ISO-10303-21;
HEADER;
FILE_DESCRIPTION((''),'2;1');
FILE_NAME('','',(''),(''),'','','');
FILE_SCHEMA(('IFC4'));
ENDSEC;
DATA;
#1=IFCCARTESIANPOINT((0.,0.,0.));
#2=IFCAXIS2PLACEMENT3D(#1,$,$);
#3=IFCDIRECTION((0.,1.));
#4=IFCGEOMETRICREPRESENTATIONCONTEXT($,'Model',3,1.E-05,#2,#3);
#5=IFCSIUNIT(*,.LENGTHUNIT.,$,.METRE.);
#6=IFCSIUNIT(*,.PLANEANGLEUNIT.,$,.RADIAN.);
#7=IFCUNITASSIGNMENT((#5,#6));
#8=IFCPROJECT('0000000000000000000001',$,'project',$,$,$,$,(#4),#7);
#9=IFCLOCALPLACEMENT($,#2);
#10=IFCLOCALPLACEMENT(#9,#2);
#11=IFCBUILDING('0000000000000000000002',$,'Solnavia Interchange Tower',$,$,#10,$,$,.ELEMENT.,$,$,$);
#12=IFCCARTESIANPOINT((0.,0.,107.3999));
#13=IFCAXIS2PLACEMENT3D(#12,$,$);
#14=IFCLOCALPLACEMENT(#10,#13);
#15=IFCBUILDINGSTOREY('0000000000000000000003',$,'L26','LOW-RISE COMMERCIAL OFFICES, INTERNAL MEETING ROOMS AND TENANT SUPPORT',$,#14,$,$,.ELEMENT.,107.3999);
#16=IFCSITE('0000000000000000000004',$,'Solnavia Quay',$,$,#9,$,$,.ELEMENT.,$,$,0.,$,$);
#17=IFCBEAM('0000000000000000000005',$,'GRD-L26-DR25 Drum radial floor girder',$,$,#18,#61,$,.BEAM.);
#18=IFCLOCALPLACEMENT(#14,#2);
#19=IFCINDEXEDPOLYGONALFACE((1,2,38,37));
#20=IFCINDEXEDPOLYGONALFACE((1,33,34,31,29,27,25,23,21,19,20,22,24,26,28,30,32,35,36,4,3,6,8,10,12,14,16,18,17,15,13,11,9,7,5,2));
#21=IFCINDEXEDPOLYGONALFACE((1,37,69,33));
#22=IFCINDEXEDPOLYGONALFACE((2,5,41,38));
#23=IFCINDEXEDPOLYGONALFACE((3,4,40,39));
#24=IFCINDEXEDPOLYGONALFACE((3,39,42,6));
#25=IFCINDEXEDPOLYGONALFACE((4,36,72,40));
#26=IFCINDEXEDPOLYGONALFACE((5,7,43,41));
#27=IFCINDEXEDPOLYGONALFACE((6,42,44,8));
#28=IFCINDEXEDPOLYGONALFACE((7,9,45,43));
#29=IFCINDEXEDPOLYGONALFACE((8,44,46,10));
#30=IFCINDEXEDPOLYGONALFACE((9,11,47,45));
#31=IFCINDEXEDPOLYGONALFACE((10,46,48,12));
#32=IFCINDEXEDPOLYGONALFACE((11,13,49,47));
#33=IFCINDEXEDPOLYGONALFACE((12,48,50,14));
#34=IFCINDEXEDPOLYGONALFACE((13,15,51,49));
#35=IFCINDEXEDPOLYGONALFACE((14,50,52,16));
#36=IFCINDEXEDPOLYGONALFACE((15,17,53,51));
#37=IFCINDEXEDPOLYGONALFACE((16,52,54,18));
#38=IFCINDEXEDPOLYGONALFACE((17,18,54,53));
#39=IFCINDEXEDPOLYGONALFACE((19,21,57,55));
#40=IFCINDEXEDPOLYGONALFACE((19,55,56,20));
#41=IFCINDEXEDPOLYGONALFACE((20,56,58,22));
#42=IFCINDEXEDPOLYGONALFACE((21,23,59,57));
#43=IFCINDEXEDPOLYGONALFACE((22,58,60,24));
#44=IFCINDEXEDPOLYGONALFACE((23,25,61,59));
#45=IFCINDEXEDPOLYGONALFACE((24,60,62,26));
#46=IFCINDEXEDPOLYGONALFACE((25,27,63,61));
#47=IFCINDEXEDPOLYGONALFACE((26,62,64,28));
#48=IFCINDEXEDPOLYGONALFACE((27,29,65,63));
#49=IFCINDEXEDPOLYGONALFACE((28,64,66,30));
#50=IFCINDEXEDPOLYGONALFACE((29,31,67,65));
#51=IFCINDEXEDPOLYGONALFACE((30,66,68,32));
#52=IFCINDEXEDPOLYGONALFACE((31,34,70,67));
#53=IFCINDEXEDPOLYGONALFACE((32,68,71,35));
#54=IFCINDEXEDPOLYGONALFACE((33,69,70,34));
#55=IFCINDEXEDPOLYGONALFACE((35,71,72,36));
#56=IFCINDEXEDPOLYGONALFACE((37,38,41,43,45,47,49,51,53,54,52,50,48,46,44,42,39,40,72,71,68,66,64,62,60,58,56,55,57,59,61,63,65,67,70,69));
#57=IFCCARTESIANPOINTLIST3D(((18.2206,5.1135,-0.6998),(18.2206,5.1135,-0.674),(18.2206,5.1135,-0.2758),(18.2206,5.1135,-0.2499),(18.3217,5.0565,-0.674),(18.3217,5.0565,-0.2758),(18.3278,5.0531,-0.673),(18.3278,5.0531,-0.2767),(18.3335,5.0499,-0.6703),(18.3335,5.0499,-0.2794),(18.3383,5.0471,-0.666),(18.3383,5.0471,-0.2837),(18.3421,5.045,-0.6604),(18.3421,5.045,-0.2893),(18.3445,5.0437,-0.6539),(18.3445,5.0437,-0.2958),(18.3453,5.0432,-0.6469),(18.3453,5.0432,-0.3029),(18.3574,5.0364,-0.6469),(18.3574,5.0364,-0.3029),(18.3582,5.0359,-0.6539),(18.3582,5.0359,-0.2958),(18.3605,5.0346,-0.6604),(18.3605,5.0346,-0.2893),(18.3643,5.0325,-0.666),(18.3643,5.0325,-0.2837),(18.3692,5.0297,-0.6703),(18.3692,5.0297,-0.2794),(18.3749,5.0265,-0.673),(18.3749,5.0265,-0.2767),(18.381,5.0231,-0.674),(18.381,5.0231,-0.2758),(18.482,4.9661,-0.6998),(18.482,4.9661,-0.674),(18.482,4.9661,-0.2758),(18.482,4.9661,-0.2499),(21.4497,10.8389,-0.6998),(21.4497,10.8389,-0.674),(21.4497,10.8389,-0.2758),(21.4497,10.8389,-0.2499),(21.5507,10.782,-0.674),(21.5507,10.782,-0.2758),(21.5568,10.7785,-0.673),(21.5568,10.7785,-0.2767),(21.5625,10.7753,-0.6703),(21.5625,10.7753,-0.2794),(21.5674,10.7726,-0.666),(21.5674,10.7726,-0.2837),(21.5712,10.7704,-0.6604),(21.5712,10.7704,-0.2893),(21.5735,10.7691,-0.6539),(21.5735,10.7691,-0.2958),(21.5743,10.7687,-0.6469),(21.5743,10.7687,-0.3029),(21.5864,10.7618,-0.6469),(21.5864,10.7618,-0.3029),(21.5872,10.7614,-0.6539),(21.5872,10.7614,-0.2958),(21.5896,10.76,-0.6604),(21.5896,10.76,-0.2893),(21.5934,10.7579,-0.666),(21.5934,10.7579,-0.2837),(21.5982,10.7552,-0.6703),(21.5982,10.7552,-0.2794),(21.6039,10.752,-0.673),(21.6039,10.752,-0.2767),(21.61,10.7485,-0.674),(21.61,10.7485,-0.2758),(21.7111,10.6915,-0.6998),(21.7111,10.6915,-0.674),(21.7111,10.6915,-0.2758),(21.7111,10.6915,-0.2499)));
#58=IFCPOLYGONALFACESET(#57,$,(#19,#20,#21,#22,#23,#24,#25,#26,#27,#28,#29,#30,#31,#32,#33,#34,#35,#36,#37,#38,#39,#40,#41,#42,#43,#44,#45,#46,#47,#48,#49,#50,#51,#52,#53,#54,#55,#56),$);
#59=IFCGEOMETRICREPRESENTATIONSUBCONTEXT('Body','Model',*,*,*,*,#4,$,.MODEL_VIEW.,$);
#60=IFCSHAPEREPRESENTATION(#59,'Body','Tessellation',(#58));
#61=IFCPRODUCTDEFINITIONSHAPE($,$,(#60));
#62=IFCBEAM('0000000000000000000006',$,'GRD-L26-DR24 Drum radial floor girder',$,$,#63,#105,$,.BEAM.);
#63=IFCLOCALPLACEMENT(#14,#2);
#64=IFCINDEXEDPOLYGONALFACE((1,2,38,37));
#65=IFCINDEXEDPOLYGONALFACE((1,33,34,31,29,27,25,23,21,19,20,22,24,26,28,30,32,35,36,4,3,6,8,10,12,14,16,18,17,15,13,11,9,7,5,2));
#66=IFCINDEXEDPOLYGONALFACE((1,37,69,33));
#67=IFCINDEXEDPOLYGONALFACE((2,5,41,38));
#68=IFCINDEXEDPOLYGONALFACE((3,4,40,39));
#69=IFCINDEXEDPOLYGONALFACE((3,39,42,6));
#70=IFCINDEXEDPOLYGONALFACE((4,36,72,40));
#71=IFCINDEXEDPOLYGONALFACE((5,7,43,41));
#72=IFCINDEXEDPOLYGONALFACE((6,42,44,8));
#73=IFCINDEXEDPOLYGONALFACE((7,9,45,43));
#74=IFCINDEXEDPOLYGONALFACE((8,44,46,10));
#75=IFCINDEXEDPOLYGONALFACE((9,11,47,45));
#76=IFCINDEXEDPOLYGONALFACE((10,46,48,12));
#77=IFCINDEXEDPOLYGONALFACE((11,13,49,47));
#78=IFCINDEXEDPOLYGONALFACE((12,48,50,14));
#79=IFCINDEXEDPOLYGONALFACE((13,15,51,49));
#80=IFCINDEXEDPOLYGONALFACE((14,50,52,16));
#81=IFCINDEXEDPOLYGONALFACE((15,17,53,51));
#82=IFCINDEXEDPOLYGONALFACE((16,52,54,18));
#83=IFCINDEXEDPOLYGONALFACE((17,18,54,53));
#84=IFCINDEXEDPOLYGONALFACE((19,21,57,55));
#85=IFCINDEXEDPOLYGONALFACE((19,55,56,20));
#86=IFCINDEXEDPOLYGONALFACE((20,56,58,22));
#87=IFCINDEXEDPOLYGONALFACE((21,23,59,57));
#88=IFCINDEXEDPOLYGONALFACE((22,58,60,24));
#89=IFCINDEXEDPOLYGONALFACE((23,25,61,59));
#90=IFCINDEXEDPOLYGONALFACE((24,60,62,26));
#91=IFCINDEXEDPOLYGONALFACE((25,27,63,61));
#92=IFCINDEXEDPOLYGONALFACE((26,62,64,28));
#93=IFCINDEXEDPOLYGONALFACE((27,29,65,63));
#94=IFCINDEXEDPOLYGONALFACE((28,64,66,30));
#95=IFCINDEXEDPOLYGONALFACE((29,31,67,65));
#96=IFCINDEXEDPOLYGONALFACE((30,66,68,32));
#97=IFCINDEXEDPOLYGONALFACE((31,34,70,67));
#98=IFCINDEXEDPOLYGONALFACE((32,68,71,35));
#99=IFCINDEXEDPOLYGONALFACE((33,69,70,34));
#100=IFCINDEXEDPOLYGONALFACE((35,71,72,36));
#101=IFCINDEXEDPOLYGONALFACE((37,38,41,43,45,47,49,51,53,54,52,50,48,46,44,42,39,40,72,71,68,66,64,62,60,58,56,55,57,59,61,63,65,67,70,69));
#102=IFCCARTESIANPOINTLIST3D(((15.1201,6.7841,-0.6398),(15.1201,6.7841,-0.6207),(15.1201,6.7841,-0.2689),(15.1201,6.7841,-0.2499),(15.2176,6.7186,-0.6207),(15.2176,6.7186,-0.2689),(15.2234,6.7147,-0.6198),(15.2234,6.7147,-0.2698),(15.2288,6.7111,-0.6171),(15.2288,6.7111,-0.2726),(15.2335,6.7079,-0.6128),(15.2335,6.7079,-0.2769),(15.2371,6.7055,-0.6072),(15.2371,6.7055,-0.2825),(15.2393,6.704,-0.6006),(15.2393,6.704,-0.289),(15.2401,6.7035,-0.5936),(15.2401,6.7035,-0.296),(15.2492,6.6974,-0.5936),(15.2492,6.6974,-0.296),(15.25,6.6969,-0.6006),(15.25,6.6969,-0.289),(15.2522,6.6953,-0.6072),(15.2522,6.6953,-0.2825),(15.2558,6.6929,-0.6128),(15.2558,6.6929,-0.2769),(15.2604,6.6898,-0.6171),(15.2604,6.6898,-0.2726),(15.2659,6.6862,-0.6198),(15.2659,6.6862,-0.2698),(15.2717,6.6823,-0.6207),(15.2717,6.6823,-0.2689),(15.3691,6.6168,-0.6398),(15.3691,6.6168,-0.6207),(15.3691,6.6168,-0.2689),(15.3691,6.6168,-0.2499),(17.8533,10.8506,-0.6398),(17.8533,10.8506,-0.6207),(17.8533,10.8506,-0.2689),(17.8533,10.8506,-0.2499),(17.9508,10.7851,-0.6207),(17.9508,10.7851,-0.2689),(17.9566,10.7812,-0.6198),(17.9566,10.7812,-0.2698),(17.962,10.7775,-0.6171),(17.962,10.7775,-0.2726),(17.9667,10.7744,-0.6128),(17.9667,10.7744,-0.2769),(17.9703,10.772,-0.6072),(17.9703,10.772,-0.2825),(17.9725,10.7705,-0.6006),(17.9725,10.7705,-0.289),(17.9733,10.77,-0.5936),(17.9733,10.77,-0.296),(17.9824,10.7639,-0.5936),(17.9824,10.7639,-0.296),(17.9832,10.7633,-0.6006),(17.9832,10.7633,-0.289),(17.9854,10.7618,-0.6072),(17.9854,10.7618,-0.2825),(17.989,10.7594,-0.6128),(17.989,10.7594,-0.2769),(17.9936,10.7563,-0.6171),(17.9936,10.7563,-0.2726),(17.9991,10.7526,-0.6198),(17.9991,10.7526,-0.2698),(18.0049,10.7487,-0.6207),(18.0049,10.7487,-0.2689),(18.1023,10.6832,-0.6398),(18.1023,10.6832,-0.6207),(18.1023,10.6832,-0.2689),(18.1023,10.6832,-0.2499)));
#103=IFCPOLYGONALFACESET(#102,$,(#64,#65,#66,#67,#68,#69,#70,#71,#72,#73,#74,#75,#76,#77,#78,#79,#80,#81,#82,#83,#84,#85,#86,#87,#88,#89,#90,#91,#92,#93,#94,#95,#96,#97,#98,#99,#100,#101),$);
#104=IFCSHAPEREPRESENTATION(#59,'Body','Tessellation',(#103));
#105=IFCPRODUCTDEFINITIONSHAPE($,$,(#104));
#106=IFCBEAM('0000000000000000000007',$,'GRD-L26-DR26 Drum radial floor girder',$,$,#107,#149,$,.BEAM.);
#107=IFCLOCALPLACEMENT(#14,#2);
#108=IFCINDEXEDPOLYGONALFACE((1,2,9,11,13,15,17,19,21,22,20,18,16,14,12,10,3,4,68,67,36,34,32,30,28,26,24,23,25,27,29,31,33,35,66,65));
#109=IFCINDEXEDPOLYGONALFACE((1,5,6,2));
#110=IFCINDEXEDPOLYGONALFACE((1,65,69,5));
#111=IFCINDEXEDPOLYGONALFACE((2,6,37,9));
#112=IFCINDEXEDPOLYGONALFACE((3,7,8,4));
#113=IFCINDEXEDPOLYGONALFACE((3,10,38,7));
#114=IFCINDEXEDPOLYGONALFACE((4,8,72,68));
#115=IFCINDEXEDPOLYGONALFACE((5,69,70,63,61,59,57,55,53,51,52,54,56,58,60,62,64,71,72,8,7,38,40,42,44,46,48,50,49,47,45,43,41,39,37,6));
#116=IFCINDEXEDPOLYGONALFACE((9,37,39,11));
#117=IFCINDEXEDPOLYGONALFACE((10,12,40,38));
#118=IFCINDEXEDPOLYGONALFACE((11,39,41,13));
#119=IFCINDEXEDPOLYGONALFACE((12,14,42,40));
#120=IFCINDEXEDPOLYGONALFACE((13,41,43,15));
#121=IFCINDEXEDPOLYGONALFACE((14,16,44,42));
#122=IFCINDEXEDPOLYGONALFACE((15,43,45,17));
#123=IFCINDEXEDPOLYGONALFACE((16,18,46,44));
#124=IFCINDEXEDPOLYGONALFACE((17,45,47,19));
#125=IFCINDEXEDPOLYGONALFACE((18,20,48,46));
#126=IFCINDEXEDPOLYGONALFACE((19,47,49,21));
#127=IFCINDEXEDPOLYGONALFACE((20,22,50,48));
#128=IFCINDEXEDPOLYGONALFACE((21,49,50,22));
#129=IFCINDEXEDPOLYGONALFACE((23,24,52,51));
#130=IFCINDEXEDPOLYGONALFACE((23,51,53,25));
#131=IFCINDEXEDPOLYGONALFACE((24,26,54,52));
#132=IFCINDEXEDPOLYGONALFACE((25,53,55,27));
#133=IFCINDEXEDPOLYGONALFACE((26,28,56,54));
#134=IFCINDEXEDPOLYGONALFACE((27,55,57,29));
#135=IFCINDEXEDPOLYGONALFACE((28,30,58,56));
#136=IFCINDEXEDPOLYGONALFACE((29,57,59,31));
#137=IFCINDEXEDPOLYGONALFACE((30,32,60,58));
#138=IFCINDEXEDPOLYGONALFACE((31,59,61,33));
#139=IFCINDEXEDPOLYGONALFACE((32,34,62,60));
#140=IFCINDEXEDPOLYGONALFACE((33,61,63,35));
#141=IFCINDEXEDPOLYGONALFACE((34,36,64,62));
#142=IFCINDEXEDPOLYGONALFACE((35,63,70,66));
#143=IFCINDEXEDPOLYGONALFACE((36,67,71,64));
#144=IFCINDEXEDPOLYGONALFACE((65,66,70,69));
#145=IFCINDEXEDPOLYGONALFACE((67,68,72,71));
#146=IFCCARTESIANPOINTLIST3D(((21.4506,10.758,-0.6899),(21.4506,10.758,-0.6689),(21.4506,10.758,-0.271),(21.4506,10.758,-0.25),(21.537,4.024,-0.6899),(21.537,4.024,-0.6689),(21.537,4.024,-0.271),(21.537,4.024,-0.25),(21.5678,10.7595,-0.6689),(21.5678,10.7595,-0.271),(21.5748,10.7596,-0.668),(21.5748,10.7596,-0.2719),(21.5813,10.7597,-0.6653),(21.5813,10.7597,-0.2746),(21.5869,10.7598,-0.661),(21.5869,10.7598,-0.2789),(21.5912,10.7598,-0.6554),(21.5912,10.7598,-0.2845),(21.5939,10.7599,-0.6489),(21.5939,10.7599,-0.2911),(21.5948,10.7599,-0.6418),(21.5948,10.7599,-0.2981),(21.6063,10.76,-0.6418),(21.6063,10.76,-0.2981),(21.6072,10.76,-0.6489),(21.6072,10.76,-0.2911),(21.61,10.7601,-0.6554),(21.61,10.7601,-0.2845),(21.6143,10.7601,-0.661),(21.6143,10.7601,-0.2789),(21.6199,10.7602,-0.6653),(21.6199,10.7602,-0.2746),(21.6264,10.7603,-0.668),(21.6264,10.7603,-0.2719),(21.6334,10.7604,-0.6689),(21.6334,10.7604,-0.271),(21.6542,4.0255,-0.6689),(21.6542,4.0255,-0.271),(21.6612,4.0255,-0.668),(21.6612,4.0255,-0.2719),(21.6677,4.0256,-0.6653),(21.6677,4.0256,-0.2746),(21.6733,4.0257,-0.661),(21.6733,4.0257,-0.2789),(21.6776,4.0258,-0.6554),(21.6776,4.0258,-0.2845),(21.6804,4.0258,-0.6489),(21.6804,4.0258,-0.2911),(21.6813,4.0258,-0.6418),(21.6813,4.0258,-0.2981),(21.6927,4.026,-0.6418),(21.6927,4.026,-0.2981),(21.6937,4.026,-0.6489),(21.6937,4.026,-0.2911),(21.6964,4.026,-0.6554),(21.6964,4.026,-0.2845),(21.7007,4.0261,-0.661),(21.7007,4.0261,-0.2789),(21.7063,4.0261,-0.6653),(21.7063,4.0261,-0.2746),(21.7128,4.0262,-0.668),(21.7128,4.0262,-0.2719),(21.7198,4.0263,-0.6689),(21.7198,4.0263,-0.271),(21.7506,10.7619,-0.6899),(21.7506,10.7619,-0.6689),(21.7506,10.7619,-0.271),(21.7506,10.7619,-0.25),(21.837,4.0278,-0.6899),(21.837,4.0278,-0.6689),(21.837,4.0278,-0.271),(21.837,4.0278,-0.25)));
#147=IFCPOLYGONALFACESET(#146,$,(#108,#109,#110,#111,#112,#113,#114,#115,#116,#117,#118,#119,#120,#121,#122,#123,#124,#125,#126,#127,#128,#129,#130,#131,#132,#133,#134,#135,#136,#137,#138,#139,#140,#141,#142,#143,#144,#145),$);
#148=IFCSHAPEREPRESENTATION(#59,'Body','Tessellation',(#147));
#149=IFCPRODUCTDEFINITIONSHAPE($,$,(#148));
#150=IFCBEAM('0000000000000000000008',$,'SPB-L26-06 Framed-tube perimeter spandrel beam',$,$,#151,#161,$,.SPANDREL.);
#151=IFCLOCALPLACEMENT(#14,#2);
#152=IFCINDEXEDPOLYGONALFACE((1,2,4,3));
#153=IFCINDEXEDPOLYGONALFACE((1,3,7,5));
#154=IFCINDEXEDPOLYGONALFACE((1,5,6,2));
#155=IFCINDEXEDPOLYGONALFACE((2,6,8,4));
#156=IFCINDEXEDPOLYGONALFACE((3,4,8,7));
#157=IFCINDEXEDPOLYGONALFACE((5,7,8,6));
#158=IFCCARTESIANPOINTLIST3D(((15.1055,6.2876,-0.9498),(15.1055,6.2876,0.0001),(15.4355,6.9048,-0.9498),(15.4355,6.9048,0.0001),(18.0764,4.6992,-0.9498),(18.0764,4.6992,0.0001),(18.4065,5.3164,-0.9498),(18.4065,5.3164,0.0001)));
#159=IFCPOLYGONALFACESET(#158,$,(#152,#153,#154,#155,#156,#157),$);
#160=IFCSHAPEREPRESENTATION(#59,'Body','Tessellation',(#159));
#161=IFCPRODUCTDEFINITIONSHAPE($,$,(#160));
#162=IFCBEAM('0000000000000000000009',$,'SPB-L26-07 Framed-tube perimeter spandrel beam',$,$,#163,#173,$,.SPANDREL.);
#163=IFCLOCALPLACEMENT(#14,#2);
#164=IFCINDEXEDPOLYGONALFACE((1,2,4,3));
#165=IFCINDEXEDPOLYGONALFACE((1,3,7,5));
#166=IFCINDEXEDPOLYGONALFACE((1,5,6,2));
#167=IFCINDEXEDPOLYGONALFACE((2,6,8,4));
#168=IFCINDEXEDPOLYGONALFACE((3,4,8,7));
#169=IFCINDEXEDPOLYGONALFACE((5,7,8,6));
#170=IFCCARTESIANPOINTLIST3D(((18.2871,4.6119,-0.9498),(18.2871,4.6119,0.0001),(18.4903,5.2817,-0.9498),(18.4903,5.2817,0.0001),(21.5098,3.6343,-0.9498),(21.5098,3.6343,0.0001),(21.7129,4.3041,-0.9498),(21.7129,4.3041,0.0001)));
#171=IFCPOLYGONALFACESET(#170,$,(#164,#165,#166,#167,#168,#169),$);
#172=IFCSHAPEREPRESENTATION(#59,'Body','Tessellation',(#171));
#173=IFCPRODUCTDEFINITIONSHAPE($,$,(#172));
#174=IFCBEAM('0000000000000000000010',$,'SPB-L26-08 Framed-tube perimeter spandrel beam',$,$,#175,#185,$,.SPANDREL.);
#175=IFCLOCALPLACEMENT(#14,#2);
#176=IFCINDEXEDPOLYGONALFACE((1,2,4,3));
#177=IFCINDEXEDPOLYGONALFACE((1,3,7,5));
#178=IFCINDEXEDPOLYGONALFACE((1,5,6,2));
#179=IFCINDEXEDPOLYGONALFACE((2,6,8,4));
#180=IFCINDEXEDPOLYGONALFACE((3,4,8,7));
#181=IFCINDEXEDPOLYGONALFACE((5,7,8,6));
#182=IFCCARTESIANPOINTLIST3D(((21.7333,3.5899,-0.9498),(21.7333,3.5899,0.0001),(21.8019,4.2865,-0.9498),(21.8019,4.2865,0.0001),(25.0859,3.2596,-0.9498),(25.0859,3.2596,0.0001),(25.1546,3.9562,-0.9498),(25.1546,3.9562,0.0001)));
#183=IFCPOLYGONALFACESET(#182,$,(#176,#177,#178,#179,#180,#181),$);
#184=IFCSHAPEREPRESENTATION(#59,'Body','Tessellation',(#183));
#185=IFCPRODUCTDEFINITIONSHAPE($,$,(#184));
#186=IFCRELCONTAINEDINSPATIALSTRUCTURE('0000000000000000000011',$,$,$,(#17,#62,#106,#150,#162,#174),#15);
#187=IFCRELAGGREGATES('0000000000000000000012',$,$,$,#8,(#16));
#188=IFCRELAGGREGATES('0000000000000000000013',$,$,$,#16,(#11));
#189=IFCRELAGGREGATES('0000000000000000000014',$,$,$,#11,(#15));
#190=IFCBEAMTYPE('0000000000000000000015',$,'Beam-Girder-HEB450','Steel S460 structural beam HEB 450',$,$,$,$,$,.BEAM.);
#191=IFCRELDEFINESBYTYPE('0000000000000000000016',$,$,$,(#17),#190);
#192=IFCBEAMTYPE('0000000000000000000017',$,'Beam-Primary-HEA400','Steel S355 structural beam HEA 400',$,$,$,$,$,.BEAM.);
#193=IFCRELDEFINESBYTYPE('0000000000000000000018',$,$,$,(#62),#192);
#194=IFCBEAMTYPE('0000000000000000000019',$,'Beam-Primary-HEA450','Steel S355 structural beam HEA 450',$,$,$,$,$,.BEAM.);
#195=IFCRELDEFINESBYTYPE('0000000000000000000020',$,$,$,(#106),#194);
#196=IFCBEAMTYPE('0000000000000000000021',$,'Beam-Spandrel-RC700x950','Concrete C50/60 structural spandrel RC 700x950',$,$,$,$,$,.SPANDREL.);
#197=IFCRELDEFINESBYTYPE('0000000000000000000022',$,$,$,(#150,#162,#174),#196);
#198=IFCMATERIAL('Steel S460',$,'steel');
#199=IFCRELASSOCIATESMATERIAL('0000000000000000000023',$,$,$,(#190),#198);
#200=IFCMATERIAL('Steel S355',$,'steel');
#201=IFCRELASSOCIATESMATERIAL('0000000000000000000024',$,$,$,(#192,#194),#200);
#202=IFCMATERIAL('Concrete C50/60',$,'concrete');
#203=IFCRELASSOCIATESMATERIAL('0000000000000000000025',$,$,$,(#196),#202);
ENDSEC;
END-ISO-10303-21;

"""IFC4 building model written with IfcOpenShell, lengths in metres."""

from ifc_helpers import new_model, si_unit, direction, frame, origin, origin_2d, place, context, subcontext, project, spatial, rectangle, i_section, extrude, material, material_profile, profile_set, type_object, element, save


model = new_model("IFC4")

# Units and contexts
model_context = context("Model", 3, precision=1e-05, world=origin(), true_north=direction((0.0, 1.0)))
body_context = subcontext(model_context, "Body", "Model", "MODEL_VIEW")
ifc_project = project(units=[si_unit("LENGTHUNIT", "METRE"), si_unit("PLANEANGLEUNIT", "RADIAN")], contexts=[model_context])

# Site, building, storey
site_placement = place(None, origin())
site = spatial("IfcSite", under=ifc_project, at=site_placement, Name="Solnavia Quay", CompositionType="ELEMENT", RefElevation=0.0)
building_placement = place(site_placement, origin())
building = spatial("IfcBuilding", under=site, at=building_placement, Name="Solnavia Interchange Tower", CompositionType="ELEMENT")
storey_placement = place(building_placement, frame((0.0, 0.0, 107.3999)))
storey = spatial("IfcBuildingStorey", under=building, at=storey_placement, Name="L26", Description="LOW-RISE COMMERCIAL OFFICES, INTERNAL MEETING ROOMS AND TENANT SUPPORT", CompositionType="ELEMENT", Elevation=107.3999)

# Shared definitions
ifc_material_1 = material(Name="Steel S355", Category="steel")

# Beams
ifc_material_2 = material(Name="Steel S460", Category="steel")
ifc_material_profile_1 = material_profile(ifc_material_2, i_section(OverallWidth=0.3, OverallDepth=0.45, WebThickness=0.0139, FlangeThickness=0.0259, FilletRadius=0.0271, at=origin_2d()), Name="HEB 450")
ifc_profile_set_1 = profile_set([ifc_material_profile_1], Name="Steel S460")
beam_type_1 = type_object("IfcBeamType", Name="Beam-Girder-HEB450", Description="Steel S460 structural beam HEB 450", PredefinedType="BEAM", material=ifc_profile_set_1)
beam_1_placement = place(storey_placement, frame((18.3513, 5.0398, -0.4749), z_axis=(0.491243, 0.871022, 0.0), x_axis=(-0.871022, 0.491243, 0.0)))
element("IfcBeam", 1, at=beam_1_placement, inside=storey, type_object=beam_type_1, Name="GRD-L26-DR25 Drum radial floor girder", PredefinedType="BEAM", context=body_context, shape_type="SweptSolid", body=[
    extrude(i_section(OverallWidth=0.3, OverallDepth=0.45, WebThickness=0.0139, FlangeThickness=0.0259, FilletRadius=0.0271, at=origin_2d()), origin(), (0.0, 0.0, 1.0), 6.5732),
])
ifc_material_profile_2 = material_profile(ifc_material_1, i_section(OverallWidth=0.3, OverallDepth=0.3899, WebThickness=0.011, FlangeThickness=0.019, FilletRadius=0.0271, at=origin_2d()), Name="HEA 400")
ifc_profile_set_2 = profile_set([ifc_material_profile_2], Name="Steel S355")
beam_type_2 = type_object("IfcBeamType", Name="Beam-Primary-HEA400", Description="Steel S355 structural beam HEA 400", PredefinedType="BEAM", material=ifc_profile_set_2)
beam_2_placement = place(storey_placement, frame((15.2446, 6.7004, -0.4448), z_axis=(0.557835, 0.829952, 0.0), x_axis=(-0.829952, 0.557835, 0.0)))
element("IfcBeam", 2, at=beam_2_placement, inside=storey, type_object=beam_type_2, Name="GRD-L26-DR24 Drum radial floor girder", PredefinedType="BEAM", context=body_context, shape_type="SweptSolid", body=[
    extrude(i_section(OverallWidth=0.3, OverallDepth=0.3899, WebThickness=0.011, FlangeThickness=0.019, FilletRadius=0.0271, at=origin_2d()), origin(), (0.0, 0.0, 1.0), 4.8997),
])
ifc_material_profile_3 = material_profile(ifc_material_1, i_section(OverallWidth=0.3, OverallDepth=0.4399, WebThickness=0.0115, FlangeThickness=0.021, FilletRadius=0.0271, at=origin_2d()), Name="HEA 450")
ifc_profile_set_3 = profile_set([ifc_material_profile_3], Name="Steel S355")
beam_type_3 = type_object("IfcBeamType", Name="Beam-Primary-HEA450", Description="Steel S355 structural beam HEA 450", PredefinedType="BEAM", material=ifc_profile_set_3)
beam_3_placement = place(storey_placement, frame((21.687, 4.0259, -0.47), z_axis=(-0.012833, 0.999918, 0.0), x_axis=(-0.999918, -0.012833, 0.0)))
element("IfcBeam", 3, at=beam_3_placement, inside=storey, type_object=beam_type_3, Name="GRD-L26-DR26 Drum radial floor girder", PredefinedType="BEAM", context=body_context, shape_type="SweptSolid", body=[
    extrude(i_section(OverallWidth=0.3, OverallDepth=0.4399, WebThickness=0.0115, FlangeThickness=0.021, FilletRadius=0.0271, at=origin_2d()), origin(), (0.0, 0.0, 1.0), 6.7346),
])
ifc_material_3 = material(Name="Concrete C50/60", Category="concrete")
ifc_material_profile_4 = material_profile(ifc_material_3, rectangle(XDim=0.7, YDim=0.95, at=origin_2d()), Name="RC 700x950")
ifc_profile_set_4 = profile_set([ifc_material_profile_4], Name="Concrete C50/60")
beam_type_4 = type_object("IfcBeamType", Name="Beam-Spandrel-RC700x950", Description="Concrete C50/60 structural spandrel RC 700x950", PredefinedType="SPANDREL", material=ifc_profile_set_4)
beam_4_placement = place(storey_placement, frame((15.2705, 6.5962, -0.4749), z_axis=(0.881875, -0.471483, 0.0), x_axis=(0.471483, 0.881875, 0.0)))
element("IfcBeam", 4, at=beam_4_placement, inside=storey, type_object=beam_type_4, Name="SPB-L26-06 Framed-tube perimeter spandrel beam", PredefinedType="SPANDREL", context=body_context, shape_type="SweptSolid", body=[
    extrude(rectangle(XDim=0.7, YDim=0.95, at=origin_2d()), origin(), (0.0, 0.0, 1.0), 3.3689),
])
beam_5_placement = place(storey_placement, frame((18.3887, 4.9468, -0.4749), z_axis=(0.956944, -0.290273, 0.0), x_axis=(0.290273, 0.956944, 0.0)))
element("IfcBeam", 5, at=beam_5_placement, inside=storey, type_object=beam_type_4, Name="SPB-L26-07 Framed-tube perimeter spandrel beam", PredefinedType="SPANDREL", context=body_context, shape_type="SweptSolid", body=[
    extrude(rectangle(XDim=0.7, YDim=0.95, at=origin_2d()), origin(), (0.0, 0.0, 1.0), 3.3677),
])
beam_6_placement = place(storey_placement, frame((21.7676, 3.9382, -0.4749), z_axis=(0.995182, -0.098047, 0.0), x_axis=(0.098047, 0.995182, 0.0)))
element("IfcBeam", 6, at=beam_6_placement, inside=storey, type_object=beam_type_4, Name="SPB-L26-08 Framed-tube perimeter spandrel beam", PredefinedType="SPANDREL", context=body_context, shape_type="SweptSolid", body=[
    extrude(rectangle(XDim=0.7, YDim=0.95, at=origin_2d()), origin(), (0.0, 0.0, 1.0), 3.3689),
])

save(model, "model.ifc")
